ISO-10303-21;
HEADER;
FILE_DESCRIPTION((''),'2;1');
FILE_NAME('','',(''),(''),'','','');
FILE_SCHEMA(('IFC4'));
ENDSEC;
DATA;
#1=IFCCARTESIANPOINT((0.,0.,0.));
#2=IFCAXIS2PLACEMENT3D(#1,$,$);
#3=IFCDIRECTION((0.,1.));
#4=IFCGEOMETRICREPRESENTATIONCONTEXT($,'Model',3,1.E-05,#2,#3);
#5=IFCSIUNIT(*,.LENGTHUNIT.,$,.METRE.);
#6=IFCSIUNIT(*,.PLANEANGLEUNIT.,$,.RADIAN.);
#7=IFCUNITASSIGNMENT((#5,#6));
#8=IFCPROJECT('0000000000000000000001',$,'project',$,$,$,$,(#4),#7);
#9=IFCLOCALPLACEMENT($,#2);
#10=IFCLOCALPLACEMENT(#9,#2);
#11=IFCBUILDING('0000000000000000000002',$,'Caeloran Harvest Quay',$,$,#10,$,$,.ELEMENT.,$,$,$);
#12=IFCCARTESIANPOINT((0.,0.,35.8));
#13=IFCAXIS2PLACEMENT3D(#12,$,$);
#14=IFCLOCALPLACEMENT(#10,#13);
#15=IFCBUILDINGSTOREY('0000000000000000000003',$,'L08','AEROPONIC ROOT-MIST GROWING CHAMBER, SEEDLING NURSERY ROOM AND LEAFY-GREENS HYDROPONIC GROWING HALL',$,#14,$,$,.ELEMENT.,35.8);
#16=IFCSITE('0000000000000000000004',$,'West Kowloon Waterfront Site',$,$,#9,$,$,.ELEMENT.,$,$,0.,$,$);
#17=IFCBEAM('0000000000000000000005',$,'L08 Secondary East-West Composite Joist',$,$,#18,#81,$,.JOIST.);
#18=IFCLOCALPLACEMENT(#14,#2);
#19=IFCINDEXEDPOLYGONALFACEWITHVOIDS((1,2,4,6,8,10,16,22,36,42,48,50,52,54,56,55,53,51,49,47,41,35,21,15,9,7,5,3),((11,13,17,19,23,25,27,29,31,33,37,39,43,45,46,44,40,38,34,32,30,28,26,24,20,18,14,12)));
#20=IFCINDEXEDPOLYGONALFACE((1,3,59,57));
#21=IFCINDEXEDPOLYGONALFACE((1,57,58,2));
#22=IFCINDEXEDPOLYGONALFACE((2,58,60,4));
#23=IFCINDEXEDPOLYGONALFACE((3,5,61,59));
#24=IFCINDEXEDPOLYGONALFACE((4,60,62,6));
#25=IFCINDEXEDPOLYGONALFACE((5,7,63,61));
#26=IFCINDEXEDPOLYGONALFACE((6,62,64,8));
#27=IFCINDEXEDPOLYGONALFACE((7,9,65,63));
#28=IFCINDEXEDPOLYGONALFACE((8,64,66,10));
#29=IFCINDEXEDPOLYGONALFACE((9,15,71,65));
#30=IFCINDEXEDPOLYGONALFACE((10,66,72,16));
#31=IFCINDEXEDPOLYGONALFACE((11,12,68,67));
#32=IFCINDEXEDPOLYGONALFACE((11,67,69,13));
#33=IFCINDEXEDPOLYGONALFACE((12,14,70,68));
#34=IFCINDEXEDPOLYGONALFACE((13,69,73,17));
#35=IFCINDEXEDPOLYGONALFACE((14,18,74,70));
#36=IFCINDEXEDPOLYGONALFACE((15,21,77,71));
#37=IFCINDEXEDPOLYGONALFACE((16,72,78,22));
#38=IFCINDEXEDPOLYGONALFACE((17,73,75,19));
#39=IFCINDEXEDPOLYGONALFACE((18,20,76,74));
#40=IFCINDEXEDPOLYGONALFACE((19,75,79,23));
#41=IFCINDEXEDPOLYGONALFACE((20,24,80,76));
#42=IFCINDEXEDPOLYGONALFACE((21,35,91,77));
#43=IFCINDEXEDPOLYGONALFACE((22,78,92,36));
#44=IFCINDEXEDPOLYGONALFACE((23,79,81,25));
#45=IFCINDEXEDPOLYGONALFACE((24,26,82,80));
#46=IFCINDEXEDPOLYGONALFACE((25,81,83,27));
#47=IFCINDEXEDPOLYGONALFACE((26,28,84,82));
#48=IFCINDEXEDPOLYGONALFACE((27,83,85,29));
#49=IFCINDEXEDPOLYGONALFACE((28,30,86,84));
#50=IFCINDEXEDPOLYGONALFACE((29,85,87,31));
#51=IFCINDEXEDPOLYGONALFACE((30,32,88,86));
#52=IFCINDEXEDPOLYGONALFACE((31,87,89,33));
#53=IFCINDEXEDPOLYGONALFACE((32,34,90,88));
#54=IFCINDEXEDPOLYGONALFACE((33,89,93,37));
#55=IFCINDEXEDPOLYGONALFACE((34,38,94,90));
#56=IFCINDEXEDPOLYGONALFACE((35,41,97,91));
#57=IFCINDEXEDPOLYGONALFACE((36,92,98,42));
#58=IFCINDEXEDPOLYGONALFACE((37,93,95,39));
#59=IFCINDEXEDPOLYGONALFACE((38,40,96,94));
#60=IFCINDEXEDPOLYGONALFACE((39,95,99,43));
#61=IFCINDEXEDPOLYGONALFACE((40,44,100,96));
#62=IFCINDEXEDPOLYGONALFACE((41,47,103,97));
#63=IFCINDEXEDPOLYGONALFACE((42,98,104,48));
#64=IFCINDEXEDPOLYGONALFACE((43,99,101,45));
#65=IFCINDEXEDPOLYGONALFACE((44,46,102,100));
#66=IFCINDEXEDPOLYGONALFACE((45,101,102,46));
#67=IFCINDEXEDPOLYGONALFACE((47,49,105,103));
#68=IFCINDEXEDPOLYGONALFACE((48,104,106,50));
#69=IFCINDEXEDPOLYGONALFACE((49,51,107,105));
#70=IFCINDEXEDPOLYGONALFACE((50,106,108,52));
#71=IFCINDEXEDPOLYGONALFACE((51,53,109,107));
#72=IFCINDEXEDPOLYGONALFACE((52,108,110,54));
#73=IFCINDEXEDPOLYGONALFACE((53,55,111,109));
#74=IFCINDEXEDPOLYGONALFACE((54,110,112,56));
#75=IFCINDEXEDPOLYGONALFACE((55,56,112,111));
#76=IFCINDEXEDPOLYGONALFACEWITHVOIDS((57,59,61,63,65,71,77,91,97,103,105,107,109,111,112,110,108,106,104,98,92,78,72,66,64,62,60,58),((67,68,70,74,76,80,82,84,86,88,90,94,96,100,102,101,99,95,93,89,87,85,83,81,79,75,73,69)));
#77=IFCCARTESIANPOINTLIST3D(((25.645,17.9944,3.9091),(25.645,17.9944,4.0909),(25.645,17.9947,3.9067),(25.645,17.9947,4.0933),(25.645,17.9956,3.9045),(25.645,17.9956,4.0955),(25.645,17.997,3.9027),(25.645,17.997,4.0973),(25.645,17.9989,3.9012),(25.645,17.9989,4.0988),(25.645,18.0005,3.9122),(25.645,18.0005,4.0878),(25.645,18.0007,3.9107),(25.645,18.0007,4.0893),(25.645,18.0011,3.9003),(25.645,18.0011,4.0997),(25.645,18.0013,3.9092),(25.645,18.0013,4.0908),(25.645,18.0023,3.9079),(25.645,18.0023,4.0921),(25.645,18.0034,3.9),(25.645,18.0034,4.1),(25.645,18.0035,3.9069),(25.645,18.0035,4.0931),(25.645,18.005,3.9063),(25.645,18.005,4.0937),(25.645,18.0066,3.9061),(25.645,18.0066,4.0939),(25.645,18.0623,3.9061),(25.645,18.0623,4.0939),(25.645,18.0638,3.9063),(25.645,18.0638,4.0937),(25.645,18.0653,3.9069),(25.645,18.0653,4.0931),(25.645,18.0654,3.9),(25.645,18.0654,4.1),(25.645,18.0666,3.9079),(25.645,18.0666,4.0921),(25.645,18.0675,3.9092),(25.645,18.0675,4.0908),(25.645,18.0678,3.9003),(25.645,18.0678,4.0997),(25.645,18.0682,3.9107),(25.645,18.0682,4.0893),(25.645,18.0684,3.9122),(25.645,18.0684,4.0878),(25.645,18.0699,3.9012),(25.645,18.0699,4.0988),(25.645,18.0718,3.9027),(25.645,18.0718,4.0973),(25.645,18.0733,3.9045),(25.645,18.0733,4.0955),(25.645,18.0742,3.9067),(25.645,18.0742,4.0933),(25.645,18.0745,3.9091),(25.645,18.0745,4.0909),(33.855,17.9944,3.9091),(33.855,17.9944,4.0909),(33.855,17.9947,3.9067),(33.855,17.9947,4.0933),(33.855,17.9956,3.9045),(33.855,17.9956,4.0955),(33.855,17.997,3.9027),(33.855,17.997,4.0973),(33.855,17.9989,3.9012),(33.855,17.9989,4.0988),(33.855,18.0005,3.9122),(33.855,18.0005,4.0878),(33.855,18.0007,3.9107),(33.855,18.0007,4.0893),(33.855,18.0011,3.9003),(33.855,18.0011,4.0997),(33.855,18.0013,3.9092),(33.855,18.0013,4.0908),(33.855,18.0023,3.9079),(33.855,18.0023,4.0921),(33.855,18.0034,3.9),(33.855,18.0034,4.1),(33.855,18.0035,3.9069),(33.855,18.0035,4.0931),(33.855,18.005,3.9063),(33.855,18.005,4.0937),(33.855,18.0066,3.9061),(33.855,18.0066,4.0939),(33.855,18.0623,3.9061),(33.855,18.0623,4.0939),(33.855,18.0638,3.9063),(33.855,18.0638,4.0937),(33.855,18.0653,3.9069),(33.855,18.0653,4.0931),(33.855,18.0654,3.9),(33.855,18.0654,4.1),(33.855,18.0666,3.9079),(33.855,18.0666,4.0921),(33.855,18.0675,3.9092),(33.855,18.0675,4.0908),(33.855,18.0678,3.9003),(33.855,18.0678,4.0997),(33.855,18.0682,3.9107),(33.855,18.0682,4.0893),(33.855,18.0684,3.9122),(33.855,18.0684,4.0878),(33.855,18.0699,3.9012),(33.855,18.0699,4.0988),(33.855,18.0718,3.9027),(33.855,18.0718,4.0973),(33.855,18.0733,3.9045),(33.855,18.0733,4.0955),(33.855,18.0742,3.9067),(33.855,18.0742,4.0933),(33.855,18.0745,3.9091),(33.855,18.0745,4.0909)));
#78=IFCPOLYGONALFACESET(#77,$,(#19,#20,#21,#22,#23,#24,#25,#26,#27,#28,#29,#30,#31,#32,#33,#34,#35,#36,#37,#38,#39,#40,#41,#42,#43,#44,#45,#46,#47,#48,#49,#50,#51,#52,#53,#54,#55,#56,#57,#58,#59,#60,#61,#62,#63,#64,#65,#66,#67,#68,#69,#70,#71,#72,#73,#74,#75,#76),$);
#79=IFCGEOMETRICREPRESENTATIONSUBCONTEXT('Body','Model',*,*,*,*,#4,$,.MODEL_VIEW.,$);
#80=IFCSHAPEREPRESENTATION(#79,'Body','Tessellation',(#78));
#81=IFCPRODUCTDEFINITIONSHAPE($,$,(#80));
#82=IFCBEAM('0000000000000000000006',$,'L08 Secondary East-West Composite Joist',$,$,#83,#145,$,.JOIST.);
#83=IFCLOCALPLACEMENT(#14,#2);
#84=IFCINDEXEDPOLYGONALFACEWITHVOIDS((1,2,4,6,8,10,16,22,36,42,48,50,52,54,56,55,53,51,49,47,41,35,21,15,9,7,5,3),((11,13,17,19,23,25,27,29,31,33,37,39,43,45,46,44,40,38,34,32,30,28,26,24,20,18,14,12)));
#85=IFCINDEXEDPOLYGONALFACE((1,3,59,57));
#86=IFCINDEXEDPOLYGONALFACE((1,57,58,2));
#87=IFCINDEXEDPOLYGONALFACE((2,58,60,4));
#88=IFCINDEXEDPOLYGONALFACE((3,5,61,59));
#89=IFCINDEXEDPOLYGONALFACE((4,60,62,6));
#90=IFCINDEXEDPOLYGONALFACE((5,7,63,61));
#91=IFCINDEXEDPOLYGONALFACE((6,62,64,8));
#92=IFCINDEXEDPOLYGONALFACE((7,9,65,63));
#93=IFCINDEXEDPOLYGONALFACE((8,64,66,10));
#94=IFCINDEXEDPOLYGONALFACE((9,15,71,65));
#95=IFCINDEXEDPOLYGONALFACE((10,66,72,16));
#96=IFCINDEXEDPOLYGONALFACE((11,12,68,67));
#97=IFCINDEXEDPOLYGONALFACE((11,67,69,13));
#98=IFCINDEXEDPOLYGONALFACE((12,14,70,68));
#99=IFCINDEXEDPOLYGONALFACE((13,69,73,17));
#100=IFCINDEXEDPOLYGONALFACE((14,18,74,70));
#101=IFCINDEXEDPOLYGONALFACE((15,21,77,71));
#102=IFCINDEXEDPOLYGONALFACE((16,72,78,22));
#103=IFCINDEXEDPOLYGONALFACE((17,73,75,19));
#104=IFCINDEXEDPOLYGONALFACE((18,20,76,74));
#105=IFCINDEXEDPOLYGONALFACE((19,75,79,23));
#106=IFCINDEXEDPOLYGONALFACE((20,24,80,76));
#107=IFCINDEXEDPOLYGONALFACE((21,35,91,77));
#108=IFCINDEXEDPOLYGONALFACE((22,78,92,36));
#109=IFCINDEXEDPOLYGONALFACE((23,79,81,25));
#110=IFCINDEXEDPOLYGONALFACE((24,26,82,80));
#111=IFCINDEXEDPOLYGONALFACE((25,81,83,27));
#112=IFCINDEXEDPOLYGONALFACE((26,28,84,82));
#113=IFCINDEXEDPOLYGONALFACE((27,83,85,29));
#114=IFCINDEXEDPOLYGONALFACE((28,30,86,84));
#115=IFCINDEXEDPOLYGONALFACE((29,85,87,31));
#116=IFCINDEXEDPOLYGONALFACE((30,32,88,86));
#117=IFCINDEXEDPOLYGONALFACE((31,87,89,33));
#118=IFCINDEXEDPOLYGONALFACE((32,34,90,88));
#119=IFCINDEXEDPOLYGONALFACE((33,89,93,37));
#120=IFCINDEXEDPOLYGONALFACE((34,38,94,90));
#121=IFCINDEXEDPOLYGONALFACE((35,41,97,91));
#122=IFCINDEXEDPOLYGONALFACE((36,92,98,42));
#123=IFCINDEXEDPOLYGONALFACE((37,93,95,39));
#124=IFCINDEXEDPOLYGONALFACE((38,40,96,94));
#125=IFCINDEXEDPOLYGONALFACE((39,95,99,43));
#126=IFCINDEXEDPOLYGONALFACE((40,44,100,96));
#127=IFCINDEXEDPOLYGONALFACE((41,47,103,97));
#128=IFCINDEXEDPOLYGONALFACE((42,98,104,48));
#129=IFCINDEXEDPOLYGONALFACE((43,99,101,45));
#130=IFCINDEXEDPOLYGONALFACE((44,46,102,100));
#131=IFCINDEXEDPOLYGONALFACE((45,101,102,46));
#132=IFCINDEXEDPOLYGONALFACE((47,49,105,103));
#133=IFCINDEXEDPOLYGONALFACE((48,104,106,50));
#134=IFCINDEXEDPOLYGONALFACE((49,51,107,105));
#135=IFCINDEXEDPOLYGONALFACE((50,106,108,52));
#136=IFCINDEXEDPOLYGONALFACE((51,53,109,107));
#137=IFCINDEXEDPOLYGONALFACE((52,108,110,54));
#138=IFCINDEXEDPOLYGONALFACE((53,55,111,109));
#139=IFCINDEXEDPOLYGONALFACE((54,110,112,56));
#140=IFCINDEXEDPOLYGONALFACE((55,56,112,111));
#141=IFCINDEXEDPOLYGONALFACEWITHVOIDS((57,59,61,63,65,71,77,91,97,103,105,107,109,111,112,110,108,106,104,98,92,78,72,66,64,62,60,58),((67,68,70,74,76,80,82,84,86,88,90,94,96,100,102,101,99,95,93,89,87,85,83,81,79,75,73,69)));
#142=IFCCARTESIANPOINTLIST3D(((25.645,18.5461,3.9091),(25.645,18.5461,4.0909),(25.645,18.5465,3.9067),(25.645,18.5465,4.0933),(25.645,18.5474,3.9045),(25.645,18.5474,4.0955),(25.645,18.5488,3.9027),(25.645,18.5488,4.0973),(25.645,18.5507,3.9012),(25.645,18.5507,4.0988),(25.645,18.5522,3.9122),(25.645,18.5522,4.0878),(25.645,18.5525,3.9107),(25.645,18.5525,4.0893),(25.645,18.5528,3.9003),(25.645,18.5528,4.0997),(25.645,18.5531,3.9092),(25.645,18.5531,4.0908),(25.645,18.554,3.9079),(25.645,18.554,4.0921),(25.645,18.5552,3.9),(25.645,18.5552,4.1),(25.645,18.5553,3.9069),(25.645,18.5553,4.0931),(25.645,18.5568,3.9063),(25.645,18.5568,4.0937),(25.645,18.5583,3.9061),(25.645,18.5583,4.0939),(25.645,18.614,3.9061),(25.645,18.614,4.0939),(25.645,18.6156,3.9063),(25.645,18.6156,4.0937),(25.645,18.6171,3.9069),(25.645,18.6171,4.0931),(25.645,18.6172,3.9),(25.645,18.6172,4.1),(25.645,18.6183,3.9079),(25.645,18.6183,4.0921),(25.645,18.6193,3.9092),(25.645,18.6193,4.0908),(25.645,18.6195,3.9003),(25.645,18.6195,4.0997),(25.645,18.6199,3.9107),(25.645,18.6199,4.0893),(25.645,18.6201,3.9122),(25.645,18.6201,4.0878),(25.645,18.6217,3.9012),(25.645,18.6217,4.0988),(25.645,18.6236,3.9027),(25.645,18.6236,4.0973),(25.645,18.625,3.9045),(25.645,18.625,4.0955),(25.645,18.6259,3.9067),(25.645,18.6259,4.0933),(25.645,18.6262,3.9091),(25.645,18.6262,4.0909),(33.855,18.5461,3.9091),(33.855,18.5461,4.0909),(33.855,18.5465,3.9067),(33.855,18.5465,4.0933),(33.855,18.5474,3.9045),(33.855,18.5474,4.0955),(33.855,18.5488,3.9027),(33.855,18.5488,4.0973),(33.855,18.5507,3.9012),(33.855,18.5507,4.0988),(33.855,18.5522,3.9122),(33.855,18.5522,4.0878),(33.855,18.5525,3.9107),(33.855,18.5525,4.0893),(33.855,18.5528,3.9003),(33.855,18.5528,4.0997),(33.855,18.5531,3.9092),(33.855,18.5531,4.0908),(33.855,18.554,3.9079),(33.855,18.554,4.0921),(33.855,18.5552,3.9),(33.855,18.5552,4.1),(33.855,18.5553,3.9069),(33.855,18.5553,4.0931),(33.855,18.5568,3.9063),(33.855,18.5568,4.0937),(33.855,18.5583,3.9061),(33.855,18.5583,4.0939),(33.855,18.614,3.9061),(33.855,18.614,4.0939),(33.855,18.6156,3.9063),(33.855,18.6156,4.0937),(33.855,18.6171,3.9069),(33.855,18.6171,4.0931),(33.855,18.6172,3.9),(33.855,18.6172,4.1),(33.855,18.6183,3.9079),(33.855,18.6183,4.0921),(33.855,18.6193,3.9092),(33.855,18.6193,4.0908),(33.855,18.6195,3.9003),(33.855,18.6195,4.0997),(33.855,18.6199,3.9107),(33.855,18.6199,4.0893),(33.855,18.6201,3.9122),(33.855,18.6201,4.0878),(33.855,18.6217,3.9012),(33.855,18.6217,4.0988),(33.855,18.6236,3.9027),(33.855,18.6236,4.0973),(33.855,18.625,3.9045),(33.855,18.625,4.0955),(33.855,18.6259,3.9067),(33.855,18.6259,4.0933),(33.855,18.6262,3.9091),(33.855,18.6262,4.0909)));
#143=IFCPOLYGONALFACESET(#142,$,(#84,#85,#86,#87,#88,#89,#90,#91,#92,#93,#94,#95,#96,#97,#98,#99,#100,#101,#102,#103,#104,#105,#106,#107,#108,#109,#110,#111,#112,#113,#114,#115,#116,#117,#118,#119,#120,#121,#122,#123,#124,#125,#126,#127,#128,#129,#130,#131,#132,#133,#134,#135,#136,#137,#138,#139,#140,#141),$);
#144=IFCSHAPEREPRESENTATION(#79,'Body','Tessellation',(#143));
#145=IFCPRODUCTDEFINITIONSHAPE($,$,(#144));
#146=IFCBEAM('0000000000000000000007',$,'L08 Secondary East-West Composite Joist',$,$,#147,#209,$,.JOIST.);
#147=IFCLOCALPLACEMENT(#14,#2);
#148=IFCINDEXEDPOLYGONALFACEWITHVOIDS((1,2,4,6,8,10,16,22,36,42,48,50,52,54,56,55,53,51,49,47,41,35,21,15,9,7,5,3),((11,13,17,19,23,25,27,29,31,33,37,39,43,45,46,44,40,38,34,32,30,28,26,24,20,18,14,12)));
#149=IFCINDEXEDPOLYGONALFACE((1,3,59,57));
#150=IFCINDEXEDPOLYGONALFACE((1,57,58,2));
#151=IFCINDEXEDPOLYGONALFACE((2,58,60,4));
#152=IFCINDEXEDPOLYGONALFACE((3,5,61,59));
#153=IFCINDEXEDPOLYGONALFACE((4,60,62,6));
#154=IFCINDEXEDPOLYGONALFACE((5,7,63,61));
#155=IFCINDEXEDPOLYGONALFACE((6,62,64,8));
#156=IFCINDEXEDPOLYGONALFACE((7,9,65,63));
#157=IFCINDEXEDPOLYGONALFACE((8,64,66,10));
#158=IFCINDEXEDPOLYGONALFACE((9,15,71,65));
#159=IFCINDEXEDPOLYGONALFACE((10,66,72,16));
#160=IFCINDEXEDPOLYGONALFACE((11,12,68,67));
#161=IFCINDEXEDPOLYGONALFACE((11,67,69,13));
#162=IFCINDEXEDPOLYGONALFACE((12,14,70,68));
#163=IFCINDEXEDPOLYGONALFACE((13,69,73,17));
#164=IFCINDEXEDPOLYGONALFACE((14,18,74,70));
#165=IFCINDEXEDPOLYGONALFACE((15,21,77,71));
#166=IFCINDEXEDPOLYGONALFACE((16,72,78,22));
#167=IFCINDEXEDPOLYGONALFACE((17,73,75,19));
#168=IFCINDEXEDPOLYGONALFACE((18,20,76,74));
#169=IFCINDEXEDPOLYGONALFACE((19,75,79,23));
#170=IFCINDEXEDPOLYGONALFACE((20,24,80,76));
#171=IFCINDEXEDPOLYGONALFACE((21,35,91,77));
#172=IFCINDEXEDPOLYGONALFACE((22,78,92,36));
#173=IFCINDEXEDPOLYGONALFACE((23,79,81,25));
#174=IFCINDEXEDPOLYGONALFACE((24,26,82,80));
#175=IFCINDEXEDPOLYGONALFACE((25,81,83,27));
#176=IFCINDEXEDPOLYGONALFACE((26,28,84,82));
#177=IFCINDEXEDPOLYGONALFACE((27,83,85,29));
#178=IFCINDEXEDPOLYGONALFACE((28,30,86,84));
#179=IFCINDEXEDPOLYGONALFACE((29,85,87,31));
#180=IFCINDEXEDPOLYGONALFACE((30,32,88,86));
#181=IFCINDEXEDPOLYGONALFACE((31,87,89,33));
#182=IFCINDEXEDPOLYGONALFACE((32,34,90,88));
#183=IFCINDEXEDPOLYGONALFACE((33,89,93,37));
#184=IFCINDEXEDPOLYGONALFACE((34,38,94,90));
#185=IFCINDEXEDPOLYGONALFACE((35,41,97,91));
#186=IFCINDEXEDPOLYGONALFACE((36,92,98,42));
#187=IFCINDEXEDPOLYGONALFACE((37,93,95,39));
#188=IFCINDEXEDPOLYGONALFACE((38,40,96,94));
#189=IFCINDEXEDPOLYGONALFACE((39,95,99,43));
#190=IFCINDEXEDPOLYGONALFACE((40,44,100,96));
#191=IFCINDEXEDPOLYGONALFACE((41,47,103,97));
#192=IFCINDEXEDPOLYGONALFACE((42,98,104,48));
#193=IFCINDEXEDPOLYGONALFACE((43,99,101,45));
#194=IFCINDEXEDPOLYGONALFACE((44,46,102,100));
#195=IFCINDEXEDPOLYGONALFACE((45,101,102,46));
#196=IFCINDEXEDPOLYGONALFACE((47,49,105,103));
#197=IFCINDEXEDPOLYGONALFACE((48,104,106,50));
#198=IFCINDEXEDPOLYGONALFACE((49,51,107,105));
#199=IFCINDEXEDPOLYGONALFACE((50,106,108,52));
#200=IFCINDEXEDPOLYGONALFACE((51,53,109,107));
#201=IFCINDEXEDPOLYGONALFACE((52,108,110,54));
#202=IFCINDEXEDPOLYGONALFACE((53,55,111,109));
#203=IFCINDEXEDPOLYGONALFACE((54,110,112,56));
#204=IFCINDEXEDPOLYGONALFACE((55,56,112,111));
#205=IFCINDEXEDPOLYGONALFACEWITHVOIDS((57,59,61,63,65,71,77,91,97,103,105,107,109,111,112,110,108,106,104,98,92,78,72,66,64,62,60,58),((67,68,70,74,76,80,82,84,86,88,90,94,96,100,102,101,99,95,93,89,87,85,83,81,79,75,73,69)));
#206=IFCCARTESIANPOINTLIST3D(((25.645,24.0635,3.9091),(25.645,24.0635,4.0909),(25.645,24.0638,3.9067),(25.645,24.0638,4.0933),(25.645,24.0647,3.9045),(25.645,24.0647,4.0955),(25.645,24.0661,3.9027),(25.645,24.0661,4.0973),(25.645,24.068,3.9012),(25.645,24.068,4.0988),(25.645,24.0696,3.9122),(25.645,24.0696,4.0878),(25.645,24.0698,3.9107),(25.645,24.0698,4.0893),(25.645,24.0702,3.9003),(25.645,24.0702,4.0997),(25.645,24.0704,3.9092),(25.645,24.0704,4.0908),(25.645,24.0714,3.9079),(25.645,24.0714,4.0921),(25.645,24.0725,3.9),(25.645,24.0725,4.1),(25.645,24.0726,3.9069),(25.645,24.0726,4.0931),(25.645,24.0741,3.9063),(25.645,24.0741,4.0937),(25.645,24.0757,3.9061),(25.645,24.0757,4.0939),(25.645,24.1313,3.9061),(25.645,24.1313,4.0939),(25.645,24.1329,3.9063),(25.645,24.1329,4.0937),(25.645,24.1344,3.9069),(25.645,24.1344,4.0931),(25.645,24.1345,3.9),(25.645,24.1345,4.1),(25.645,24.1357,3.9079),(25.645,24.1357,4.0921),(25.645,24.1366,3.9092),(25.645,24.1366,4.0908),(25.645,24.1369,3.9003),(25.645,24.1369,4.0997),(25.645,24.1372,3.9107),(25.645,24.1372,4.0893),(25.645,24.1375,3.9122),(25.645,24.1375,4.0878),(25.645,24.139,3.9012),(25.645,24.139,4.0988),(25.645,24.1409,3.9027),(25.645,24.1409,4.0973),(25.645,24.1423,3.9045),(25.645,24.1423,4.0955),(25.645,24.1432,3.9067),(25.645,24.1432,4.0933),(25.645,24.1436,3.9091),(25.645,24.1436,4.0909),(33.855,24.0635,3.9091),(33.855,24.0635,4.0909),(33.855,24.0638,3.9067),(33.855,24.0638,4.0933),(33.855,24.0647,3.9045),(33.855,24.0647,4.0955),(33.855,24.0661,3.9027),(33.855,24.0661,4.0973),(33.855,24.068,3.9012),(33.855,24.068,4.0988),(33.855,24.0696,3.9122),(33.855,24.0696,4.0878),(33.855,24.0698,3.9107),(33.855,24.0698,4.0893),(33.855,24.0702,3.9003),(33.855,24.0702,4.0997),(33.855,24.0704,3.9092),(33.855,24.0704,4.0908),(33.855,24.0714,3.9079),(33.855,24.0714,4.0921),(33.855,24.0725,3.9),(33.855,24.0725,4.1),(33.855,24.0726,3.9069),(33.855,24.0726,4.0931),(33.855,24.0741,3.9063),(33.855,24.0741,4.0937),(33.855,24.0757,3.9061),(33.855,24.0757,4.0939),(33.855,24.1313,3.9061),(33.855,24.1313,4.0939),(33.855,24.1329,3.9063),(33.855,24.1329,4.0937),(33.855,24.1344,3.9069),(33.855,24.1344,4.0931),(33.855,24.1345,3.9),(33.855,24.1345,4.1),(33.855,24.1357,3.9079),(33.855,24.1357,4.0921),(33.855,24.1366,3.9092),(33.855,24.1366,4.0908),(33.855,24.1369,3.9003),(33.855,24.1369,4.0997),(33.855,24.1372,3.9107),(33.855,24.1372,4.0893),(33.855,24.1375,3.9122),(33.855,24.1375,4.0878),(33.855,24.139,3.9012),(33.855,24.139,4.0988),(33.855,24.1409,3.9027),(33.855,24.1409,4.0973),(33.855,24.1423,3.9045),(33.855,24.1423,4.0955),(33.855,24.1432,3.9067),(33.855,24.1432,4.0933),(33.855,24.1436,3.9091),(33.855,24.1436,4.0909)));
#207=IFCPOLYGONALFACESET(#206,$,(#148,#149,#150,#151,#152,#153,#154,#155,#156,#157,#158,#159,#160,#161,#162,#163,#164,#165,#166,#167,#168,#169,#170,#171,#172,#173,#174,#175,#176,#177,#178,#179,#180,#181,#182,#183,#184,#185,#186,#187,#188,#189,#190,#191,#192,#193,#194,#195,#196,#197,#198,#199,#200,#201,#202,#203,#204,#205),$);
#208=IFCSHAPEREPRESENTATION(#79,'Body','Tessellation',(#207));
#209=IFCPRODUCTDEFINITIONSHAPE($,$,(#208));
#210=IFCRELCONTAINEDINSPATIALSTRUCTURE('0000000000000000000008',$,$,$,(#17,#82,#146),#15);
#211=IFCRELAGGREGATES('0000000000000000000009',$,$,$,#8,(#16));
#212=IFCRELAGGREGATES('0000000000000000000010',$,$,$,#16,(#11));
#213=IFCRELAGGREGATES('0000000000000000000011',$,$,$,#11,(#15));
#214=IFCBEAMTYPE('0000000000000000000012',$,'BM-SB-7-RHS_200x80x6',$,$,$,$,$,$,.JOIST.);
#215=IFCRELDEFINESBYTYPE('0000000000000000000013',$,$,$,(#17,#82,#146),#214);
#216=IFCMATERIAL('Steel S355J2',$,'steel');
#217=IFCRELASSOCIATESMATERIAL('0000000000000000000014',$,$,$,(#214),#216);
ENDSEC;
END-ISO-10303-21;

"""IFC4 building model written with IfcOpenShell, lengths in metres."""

from ifc_helpers import new_model, si_unit, direction, frame, origin, origin_2d, place, context, subcontext, project, spatial, hollow_rectangle, extrude, material, material_profile, profile_set, type_object, element, save


model = new_model("IFC4")

# Units and contexts
model_context = context("Model", 3, precision=1e-05, world=origin(), true_north=direction((0.0, 1.0)))
body_context = subcontext(model_context, "Body", "Model", "MODEL_VIEW")
ifc_project = project(units=[si_unit("LENGTHUNIT", "METRE"), si_unit("PLANEANGLEUNIT", "RADIAN")], contexts=[model_context])

# Site, building, storey
site_placement = place(None, origin())
site = spatial("IfcSite", under=ifc_project, at=site_placement, Name="West Kowloon Waterfront Site", CompositionType="ELEMENT", RefElevation=0.0)
building_placement = place(site_placement, origin())
building = spatial("IfcBuilding", under=site, at=building_placement, Name="Caeloran Harvest Quay", CompositionType="ELEMENT")
storey_placement = place(building_placement, frame((0.0, 0.0, 35.8)))
storey = spatial("IfcBuildingStorey", under=building, at=storey_placement, Name="L08", Description="AEROPONIC ROOT-MIST GROWING CHAMBER, SEEDLING NURSERY ROOM AND LEAFY-GREENS HYDROPONIC GROWING HALL", CompositionType="ELEMENT", Elevation=35.8)

# Beams
ifc_material_1 = material(Name="Steel S355J2", Category="steel")
ifc_material_profile_1 = material_profile(ifc_material_1, hollow_rectangle(XDim=0.0801, YDim=0.2, WallThickness=0.0061, InnerFilletRadius=0.0061, OuterFilletRadius=0.009, at=origin_2d()), Name="RHS 200x80x6")
ifc_profile_set_1 = profile_set([ifc_material_profile_1], Name="Steel S355J2")
beam_type_1 = type_object("IfcBeamType", Name="BM-SB-7-RHS_200x80x6", PredefinedType="JOIST", material=ifc_profile_set_1)
for number, where, z_axis, x_axis, name in (
    (1, (25.645, 18.0344, 4.0), (1.0, 0.0, 0.0), (0.0, 1.0, 0.0), "L08 Secondary East-West Composite Joist"),
    (2, (25.645, 18.5862, 4.0), (1.0, 0.0, 0.0), (0.0, 1.0, 0.0), "L08 Secondary East-West Composite Joist"),
    (3, (25.645, 24.1035, 4.0), (1.0, 0.0, 0.0), (0.0, 1.0, 0.0), "L08 Secondary East-West Composite Joist"),
):
    element("IfcBeam", number, at=place(storey_placement, frame(where, z_axis=z_axis, x_axis=x_axis)), inside=storey, type_object=beam_type_1, Name=name, PredefinedType="JOIST", context=body_context, shape_type="SweptSolid", body=[
        extrude(hollow_rectangle(XDim=0.0801, YDim=0.2, WallThickness=0.0061, InnerFilletRadius=0.0061, OuterFilletRadius=0.009, at=origin_2d()), origin(), (0.0, 0.0, 1.0), 8.21),
    ])

save(model, "model.ifc")
